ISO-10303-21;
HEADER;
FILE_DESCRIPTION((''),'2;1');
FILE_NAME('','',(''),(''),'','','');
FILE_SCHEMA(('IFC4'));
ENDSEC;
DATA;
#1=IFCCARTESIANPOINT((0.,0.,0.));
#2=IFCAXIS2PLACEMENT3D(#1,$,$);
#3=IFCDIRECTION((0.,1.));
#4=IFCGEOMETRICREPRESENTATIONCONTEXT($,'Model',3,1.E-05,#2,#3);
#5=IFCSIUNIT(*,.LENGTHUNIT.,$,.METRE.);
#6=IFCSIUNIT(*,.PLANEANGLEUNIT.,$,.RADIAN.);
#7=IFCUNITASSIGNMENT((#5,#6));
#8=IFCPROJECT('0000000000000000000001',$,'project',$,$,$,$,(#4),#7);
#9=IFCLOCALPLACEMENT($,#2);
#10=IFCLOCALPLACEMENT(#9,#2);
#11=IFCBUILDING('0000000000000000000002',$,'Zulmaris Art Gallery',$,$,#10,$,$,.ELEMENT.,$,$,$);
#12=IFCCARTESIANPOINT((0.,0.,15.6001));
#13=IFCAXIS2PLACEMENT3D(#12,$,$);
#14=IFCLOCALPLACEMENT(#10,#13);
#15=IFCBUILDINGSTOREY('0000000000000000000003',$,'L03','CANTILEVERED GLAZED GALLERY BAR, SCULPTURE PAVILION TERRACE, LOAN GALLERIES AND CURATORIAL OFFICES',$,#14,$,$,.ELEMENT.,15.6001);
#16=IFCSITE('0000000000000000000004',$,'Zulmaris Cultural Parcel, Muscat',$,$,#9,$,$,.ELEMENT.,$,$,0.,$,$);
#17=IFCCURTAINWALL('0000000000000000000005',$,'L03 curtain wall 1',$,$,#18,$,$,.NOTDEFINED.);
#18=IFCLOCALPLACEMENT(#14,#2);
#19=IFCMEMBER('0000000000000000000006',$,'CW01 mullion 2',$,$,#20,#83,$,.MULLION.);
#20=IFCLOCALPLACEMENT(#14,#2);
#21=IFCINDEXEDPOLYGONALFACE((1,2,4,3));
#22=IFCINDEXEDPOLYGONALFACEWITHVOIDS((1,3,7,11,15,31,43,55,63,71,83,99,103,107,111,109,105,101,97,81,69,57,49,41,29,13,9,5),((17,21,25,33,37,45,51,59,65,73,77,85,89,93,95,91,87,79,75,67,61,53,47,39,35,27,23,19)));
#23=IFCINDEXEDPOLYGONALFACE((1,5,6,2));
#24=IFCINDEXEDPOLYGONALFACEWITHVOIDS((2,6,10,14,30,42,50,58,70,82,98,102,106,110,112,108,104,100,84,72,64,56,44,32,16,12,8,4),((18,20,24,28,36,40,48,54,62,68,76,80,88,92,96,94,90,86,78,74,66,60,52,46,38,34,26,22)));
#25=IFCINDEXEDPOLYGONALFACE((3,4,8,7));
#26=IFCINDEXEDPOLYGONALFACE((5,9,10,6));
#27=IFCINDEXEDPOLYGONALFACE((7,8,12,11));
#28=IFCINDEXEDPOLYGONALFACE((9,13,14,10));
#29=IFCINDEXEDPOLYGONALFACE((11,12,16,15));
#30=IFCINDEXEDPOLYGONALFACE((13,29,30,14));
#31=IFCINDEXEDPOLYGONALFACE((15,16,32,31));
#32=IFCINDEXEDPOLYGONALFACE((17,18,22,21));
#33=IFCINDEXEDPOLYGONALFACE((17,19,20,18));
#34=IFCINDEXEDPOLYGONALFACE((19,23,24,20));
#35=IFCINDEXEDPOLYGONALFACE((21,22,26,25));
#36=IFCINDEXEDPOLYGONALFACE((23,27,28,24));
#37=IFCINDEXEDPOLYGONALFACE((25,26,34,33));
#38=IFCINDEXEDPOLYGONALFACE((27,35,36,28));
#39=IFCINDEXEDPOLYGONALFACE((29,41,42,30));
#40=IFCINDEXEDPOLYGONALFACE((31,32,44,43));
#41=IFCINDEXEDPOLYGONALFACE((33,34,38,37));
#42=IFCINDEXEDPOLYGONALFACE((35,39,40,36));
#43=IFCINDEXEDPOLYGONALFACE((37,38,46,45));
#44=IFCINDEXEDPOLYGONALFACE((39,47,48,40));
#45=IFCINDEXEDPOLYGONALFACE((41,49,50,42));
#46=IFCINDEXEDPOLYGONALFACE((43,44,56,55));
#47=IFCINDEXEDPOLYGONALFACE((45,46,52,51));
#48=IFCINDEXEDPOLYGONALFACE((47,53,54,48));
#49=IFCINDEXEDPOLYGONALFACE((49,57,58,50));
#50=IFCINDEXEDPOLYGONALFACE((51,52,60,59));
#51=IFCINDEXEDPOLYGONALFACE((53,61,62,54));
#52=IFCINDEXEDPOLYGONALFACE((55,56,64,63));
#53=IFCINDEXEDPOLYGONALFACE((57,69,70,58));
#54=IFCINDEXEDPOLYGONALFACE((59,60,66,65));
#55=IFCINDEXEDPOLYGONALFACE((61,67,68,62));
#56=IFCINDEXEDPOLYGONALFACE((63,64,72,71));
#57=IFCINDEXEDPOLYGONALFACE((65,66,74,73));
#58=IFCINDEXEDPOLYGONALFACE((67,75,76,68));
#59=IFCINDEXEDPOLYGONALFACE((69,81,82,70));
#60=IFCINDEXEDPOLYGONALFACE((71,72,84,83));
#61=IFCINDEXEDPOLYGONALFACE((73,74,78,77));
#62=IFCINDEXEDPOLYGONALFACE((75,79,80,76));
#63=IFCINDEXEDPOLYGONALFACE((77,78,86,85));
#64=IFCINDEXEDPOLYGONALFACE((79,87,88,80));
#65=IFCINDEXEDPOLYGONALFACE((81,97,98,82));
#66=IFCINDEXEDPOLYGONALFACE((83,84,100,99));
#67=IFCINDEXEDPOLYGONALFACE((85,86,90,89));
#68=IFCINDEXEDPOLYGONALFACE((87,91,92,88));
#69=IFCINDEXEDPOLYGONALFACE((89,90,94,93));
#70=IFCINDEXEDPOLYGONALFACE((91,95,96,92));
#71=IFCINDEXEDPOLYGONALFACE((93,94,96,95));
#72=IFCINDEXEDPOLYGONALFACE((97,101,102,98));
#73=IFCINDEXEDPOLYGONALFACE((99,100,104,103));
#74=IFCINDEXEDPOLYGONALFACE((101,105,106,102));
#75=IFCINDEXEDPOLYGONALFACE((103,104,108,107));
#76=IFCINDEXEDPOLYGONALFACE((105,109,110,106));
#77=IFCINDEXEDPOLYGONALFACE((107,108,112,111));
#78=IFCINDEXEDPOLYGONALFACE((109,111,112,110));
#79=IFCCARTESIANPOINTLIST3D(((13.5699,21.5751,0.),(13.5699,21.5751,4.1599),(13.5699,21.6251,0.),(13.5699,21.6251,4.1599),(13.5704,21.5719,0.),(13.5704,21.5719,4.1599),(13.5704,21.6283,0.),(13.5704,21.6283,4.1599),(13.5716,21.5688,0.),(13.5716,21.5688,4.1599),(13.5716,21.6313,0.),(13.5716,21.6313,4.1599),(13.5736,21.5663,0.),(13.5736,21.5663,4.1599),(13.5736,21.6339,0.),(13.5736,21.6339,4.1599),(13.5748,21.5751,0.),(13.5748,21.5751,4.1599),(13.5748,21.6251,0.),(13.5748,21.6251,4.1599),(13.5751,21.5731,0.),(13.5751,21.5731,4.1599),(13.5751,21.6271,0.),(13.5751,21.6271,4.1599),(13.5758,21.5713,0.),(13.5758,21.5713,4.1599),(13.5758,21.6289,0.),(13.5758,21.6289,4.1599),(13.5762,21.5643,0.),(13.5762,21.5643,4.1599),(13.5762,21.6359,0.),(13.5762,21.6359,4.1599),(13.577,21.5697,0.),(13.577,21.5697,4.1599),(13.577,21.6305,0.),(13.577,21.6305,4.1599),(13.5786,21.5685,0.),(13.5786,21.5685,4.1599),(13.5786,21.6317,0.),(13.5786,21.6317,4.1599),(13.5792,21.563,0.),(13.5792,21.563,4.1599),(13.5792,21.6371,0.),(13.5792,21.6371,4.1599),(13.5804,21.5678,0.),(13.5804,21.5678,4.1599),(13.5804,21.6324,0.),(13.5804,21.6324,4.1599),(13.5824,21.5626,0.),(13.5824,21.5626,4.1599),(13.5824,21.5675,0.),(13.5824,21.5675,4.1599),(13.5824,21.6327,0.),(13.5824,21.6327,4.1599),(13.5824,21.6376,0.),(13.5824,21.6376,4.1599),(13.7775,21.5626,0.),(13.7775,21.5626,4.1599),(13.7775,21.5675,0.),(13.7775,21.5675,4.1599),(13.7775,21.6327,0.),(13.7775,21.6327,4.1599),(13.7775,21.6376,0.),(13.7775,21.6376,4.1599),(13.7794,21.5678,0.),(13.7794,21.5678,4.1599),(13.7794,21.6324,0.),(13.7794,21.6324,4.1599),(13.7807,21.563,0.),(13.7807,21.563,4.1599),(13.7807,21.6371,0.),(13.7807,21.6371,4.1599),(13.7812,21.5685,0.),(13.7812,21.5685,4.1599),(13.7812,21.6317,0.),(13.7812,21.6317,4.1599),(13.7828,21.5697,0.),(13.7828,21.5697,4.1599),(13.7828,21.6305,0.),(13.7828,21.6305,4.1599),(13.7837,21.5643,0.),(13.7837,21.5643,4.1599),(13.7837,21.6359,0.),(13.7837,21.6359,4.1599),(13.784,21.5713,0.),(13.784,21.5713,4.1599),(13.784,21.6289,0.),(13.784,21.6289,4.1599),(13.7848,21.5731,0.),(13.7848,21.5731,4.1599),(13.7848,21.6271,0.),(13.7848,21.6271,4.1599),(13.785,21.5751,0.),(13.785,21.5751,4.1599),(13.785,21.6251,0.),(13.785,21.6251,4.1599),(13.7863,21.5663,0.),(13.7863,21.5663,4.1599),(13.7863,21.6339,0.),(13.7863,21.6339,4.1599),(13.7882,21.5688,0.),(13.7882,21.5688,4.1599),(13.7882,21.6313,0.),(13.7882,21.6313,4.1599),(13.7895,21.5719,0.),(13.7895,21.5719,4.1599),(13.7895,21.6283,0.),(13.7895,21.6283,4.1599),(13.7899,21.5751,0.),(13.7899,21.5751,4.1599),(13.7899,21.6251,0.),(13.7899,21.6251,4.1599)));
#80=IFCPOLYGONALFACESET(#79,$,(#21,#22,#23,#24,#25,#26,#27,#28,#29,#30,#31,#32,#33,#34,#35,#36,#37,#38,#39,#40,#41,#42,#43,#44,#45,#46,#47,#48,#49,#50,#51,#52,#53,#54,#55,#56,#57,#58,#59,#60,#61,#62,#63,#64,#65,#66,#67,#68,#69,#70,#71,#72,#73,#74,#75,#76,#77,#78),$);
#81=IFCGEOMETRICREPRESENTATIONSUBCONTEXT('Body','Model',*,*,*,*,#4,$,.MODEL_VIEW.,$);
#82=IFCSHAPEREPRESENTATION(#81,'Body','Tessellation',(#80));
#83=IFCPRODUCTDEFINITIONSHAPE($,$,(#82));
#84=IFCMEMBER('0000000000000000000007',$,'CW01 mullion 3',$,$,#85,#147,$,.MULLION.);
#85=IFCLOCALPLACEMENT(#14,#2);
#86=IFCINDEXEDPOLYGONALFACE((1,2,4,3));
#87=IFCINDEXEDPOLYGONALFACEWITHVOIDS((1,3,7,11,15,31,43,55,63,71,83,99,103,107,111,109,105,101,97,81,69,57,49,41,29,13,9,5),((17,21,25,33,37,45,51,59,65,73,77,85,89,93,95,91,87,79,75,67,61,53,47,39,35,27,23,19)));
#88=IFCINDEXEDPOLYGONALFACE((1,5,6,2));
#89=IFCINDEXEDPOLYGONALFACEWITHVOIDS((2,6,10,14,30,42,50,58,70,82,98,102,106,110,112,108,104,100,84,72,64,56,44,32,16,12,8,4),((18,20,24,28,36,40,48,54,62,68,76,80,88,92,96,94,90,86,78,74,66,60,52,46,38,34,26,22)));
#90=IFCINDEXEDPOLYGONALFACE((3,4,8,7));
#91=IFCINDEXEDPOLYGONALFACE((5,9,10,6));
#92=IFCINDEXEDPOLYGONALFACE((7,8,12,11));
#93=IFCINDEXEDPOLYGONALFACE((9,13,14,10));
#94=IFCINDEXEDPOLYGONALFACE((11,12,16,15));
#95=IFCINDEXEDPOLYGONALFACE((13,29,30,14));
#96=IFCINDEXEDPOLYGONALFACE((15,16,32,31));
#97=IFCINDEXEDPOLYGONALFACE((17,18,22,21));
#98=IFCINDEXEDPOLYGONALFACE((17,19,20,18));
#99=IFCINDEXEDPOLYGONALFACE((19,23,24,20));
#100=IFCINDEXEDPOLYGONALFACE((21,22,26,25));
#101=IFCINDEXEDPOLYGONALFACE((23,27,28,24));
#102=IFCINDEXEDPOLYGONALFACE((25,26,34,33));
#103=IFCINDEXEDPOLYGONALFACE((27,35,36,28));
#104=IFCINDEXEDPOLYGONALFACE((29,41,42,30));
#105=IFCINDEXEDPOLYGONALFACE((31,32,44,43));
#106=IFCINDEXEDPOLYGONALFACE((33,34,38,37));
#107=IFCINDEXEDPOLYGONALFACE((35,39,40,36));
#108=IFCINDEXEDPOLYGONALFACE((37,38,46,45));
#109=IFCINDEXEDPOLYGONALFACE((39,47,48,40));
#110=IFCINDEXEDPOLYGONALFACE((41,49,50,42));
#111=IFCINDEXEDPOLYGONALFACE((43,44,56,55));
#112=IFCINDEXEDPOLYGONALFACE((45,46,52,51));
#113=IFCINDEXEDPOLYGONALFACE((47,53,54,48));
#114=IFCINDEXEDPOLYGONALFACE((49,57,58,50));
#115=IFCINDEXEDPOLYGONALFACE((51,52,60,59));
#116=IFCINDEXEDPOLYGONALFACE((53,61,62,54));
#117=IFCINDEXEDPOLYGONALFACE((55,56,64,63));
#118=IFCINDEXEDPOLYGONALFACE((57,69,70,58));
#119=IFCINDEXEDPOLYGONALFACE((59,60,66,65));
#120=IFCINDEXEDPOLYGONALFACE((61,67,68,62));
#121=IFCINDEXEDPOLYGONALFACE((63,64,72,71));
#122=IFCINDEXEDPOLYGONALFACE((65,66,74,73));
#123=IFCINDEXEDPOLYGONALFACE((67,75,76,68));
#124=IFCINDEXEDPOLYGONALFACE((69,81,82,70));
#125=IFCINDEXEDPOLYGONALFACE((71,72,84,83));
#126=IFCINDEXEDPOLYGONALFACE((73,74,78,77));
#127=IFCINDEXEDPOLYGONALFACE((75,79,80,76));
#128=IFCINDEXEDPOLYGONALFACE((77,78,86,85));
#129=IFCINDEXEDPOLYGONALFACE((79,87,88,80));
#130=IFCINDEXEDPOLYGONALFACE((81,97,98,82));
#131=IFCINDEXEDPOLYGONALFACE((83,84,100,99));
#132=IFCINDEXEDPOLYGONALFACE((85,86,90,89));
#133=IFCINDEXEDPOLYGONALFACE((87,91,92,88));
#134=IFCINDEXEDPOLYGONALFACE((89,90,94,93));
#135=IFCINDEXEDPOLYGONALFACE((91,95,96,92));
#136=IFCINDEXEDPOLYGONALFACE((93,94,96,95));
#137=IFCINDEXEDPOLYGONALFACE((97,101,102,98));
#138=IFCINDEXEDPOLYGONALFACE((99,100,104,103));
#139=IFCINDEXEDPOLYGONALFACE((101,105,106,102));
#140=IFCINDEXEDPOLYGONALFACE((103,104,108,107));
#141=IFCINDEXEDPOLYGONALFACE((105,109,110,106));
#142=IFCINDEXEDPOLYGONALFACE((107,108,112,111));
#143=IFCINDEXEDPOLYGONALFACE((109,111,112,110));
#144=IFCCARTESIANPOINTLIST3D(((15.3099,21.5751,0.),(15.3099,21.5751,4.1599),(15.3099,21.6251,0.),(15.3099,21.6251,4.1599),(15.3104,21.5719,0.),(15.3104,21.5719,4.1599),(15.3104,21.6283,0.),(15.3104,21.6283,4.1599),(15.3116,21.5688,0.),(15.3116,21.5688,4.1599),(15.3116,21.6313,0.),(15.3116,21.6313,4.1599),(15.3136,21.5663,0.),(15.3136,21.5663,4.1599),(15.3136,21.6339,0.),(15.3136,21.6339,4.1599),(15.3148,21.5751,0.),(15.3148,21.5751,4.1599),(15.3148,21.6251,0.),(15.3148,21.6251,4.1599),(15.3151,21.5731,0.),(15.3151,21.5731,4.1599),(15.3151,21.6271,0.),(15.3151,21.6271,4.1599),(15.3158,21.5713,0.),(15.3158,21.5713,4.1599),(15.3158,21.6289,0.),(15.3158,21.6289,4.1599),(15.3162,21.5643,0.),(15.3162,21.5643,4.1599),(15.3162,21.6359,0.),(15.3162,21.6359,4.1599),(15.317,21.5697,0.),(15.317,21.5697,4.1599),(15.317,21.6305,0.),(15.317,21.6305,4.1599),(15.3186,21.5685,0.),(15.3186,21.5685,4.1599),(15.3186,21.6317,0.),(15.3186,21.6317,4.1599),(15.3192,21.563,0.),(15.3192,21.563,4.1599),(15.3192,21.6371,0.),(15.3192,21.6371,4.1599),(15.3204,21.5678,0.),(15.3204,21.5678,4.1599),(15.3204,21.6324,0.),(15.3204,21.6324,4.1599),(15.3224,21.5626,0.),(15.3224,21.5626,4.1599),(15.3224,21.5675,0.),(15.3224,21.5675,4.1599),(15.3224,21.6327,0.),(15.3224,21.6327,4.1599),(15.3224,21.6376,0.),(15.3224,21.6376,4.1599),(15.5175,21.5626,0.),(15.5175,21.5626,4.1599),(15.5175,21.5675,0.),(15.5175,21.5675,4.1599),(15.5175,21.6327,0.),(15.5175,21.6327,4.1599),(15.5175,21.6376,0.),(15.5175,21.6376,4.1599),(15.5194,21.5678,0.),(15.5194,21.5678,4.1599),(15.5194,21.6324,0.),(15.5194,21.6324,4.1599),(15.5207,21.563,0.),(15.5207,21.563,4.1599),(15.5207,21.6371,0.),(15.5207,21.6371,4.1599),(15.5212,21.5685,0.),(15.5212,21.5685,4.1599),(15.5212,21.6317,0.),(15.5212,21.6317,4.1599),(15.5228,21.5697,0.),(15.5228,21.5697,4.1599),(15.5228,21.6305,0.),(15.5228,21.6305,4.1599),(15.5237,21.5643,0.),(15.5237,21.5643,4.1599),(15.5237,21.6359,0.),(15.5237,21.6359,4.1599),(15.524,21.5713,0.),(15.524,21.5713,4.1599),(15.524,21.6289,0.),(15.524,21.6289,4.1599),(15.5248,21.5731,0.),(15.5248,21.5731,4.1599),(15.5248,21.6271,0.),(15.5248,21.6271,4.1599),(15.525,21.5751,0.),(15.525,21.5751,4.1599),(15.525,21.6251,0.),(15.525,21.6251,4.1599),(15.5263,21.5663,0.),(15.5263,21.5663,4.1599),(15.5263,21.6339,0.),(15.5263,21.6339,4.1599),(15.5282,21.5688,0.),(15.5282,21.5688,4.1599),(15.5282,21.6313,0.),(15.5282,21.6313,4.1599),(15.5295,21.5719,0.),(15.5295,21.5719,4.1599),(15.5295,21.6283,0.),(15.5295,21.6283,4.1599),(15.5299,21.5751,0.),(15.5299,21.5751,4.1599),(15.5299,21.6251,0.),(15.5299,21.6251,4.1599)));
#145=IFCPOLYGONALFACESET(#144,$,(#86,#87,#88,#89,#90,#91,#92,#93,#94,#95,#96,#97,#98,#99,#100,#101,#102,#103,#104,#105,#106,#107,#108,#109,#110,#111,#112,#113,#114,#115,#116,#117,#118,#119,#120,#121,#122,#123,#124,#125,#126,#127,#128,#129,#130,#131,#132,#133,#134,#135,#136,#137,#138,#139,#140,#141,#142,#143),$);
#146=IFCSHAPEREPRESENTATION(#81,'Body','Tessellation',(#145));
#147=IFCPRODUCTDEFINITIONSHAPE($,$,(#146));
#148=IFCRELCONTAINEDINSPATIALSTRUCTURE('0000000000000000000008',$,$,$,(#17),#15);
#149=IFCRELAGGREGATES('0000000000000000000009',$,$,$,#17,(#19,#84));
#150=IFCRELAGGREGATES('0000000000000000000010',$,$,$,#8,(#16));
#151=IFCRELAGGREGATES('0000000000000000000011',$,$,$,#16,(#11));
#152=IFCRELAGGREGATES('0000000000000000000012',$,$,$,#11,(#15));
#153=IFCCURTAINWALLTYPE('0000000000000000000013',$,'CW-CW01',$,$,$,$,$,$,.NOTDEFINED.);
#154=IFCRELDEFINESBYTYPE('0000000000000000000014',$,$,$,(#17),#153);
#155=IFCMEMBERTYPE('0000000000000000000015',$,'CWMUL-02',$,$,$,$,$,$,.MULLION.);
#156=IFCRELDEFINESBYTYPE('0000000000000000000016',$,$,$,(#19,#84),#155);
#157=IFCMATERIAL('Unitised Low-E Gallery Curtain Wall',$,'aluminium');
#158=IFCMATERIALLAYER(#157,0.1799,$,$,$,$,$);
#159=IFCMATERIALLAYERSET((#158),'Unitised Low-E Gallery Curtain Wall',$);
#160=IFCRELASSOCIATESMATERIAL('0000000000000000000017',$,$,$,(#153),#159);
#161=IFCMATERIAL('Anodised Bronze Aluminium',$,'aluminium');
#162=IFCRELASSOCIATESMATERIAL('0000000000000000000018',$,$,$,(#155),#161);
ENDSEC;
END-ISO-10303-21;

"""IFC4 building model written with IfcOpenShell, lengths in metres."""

from ifc_helpers import new_model, si_unit, direction, frame, origin, origin_2d, place, context, subcontext, project, spatial, hollow_rectangle, extrude, material, layer, layer_set, material_profile, profile_set, type_object, element, aggregate, save


model = new_model("IFC4")

# Units and contexts
model_context = context("Model", 3, precision=1e-05, world=origin(), true_north=direction((0.0, 1.0)))
body_context = subcontext(model_context, "Body", "Model", "MODEL_VIEW")
ifc_project = project(units=[si_unit("LENGTHUNIT", "METRE"), si_unit("PLANEANGLEUNIT", "RADIAN")], contexts=[model_context])

# Site, building, storey
site_placement = place(None, origin())
site = spatial("IfcSite", under=ifc_project, at=site_placement, Name="Zulmaris Cultural Parcel, Muscat", CompositionType="ELEMENT", RefElevation=0.0)
building_placement = place(site_placement, origin())
building = spatial("IfcBuilding", under=site, at=building_placement, Name="Zulmaris Art Gallery", CompositionType="ELEMENT")
storey_placement = place(building_placement, frame((0.0, 0.0, 15.6001)))
storey = spatial("IfcBuildingStorey", under=building, at=storey_placement, Name="L03", Description="CANTILEVERED GLAZED GALLERY BAR, SCULPTURE PAVILION TERRACE, LOAN GALLERIES AND CURATORIAL OFFICES", CompositionType="ELEMENT", Elevation=15.6001)

# Curtain wall, members
ifc_material_1 = material(Name="Unitised Low-E Gallery Curtain Wall", Category="aluminium")
ifc_layer_1 = layer(ifc_material_1, 0.1799)
ifc_layer_set_1 = layer_set([ifc_layer_1], Name="Unitised Low-E Gallery Curtain Wall")
curtain_wall_type = type_object("IfcCurtainWallType", Name="CW-CW01", PredefinedType="NOTDEFINED", material=ifc_layer_set_1)
curtain_wall_1_placement = place(storey_placement, origin())
curtain_wall_1 = element("IfcCurtainWall", 1, at=curtain_wall_1_placement, inside=storey, type_object=curtain_wall_type, Name="L03 curtain wall 1", PredefinedType="NOTDEFINED")
ifc_material_2 = material(Name="Anodised Bronze Aluminium", Category="aluminium")
ifc_material_profile_1 = material_profile(ifc_material_2, hollow_rectangle(XDim=0.075, YDim=0.22, WallThickness=0.0049, InnerFilletRadius=0.0076, OuterFilletRadius=0.0125, at=origin_2d()), Name="ALU 75x220x5")
ifc_profile_set_1 = profile_set([ifc_material_profile_1], Name="Anodised Bronze Aluminium")
member_type_1 = type_object("IfcMemberType", Name="CWMUL-02", PredefinedType="MULLION", material=ifc_profile_set_1)
member_1_placement = place(storey_placement, frame((13.6799, 21.6001, 0.0), z_axis=(0.0, 0.0, 1.0), x_axis=(0.0, 1.0, 0.0)))
member_1 = element("IfcMember", 2, at=member_1_placement, type_object=member_type_1, Name="CW01 mullion 2", PredefinedType="MULLION", context=body_context, shape_type="SweptSolid", body=[
    extrude(hollow_rectangle(XDim=0.075, YDim=0.22, WallThickness=0.0049, InnerFilletRadius=0.0076, OuterFilletRadius=0.0125, at=origin_2d()), origin(), (0.0, 0.0, 1.0), 4.1599),
])
member_2_placement = place(storey_placement, frame((15.4199, 21.6001, 0.0), z_axis=(0.0, 0.0, 1.0), x_axis=(0.0, 1.0, 0.0)))
member_2 = element("IfcMember", 3, at=member_2_placement, type_object=member_type_1, Name="CW01 mullion 3", PredefinedType="MULLION", context=body_context, shape_type="SweptSolid", body=[
    extrude(hollow_rectangle(XDim=0.075, YDim=0.22, WallThickness=0.0049, InnerFilletRadius=0.0076, OuterFilletRadius=0.0125, at=origin_2d()), origin(), (0.0, 0.0, 1.0), 4.1599),
])

aggregate(curtain_wall_1, [member_1, member_2])

save(model, "model.ifc")
